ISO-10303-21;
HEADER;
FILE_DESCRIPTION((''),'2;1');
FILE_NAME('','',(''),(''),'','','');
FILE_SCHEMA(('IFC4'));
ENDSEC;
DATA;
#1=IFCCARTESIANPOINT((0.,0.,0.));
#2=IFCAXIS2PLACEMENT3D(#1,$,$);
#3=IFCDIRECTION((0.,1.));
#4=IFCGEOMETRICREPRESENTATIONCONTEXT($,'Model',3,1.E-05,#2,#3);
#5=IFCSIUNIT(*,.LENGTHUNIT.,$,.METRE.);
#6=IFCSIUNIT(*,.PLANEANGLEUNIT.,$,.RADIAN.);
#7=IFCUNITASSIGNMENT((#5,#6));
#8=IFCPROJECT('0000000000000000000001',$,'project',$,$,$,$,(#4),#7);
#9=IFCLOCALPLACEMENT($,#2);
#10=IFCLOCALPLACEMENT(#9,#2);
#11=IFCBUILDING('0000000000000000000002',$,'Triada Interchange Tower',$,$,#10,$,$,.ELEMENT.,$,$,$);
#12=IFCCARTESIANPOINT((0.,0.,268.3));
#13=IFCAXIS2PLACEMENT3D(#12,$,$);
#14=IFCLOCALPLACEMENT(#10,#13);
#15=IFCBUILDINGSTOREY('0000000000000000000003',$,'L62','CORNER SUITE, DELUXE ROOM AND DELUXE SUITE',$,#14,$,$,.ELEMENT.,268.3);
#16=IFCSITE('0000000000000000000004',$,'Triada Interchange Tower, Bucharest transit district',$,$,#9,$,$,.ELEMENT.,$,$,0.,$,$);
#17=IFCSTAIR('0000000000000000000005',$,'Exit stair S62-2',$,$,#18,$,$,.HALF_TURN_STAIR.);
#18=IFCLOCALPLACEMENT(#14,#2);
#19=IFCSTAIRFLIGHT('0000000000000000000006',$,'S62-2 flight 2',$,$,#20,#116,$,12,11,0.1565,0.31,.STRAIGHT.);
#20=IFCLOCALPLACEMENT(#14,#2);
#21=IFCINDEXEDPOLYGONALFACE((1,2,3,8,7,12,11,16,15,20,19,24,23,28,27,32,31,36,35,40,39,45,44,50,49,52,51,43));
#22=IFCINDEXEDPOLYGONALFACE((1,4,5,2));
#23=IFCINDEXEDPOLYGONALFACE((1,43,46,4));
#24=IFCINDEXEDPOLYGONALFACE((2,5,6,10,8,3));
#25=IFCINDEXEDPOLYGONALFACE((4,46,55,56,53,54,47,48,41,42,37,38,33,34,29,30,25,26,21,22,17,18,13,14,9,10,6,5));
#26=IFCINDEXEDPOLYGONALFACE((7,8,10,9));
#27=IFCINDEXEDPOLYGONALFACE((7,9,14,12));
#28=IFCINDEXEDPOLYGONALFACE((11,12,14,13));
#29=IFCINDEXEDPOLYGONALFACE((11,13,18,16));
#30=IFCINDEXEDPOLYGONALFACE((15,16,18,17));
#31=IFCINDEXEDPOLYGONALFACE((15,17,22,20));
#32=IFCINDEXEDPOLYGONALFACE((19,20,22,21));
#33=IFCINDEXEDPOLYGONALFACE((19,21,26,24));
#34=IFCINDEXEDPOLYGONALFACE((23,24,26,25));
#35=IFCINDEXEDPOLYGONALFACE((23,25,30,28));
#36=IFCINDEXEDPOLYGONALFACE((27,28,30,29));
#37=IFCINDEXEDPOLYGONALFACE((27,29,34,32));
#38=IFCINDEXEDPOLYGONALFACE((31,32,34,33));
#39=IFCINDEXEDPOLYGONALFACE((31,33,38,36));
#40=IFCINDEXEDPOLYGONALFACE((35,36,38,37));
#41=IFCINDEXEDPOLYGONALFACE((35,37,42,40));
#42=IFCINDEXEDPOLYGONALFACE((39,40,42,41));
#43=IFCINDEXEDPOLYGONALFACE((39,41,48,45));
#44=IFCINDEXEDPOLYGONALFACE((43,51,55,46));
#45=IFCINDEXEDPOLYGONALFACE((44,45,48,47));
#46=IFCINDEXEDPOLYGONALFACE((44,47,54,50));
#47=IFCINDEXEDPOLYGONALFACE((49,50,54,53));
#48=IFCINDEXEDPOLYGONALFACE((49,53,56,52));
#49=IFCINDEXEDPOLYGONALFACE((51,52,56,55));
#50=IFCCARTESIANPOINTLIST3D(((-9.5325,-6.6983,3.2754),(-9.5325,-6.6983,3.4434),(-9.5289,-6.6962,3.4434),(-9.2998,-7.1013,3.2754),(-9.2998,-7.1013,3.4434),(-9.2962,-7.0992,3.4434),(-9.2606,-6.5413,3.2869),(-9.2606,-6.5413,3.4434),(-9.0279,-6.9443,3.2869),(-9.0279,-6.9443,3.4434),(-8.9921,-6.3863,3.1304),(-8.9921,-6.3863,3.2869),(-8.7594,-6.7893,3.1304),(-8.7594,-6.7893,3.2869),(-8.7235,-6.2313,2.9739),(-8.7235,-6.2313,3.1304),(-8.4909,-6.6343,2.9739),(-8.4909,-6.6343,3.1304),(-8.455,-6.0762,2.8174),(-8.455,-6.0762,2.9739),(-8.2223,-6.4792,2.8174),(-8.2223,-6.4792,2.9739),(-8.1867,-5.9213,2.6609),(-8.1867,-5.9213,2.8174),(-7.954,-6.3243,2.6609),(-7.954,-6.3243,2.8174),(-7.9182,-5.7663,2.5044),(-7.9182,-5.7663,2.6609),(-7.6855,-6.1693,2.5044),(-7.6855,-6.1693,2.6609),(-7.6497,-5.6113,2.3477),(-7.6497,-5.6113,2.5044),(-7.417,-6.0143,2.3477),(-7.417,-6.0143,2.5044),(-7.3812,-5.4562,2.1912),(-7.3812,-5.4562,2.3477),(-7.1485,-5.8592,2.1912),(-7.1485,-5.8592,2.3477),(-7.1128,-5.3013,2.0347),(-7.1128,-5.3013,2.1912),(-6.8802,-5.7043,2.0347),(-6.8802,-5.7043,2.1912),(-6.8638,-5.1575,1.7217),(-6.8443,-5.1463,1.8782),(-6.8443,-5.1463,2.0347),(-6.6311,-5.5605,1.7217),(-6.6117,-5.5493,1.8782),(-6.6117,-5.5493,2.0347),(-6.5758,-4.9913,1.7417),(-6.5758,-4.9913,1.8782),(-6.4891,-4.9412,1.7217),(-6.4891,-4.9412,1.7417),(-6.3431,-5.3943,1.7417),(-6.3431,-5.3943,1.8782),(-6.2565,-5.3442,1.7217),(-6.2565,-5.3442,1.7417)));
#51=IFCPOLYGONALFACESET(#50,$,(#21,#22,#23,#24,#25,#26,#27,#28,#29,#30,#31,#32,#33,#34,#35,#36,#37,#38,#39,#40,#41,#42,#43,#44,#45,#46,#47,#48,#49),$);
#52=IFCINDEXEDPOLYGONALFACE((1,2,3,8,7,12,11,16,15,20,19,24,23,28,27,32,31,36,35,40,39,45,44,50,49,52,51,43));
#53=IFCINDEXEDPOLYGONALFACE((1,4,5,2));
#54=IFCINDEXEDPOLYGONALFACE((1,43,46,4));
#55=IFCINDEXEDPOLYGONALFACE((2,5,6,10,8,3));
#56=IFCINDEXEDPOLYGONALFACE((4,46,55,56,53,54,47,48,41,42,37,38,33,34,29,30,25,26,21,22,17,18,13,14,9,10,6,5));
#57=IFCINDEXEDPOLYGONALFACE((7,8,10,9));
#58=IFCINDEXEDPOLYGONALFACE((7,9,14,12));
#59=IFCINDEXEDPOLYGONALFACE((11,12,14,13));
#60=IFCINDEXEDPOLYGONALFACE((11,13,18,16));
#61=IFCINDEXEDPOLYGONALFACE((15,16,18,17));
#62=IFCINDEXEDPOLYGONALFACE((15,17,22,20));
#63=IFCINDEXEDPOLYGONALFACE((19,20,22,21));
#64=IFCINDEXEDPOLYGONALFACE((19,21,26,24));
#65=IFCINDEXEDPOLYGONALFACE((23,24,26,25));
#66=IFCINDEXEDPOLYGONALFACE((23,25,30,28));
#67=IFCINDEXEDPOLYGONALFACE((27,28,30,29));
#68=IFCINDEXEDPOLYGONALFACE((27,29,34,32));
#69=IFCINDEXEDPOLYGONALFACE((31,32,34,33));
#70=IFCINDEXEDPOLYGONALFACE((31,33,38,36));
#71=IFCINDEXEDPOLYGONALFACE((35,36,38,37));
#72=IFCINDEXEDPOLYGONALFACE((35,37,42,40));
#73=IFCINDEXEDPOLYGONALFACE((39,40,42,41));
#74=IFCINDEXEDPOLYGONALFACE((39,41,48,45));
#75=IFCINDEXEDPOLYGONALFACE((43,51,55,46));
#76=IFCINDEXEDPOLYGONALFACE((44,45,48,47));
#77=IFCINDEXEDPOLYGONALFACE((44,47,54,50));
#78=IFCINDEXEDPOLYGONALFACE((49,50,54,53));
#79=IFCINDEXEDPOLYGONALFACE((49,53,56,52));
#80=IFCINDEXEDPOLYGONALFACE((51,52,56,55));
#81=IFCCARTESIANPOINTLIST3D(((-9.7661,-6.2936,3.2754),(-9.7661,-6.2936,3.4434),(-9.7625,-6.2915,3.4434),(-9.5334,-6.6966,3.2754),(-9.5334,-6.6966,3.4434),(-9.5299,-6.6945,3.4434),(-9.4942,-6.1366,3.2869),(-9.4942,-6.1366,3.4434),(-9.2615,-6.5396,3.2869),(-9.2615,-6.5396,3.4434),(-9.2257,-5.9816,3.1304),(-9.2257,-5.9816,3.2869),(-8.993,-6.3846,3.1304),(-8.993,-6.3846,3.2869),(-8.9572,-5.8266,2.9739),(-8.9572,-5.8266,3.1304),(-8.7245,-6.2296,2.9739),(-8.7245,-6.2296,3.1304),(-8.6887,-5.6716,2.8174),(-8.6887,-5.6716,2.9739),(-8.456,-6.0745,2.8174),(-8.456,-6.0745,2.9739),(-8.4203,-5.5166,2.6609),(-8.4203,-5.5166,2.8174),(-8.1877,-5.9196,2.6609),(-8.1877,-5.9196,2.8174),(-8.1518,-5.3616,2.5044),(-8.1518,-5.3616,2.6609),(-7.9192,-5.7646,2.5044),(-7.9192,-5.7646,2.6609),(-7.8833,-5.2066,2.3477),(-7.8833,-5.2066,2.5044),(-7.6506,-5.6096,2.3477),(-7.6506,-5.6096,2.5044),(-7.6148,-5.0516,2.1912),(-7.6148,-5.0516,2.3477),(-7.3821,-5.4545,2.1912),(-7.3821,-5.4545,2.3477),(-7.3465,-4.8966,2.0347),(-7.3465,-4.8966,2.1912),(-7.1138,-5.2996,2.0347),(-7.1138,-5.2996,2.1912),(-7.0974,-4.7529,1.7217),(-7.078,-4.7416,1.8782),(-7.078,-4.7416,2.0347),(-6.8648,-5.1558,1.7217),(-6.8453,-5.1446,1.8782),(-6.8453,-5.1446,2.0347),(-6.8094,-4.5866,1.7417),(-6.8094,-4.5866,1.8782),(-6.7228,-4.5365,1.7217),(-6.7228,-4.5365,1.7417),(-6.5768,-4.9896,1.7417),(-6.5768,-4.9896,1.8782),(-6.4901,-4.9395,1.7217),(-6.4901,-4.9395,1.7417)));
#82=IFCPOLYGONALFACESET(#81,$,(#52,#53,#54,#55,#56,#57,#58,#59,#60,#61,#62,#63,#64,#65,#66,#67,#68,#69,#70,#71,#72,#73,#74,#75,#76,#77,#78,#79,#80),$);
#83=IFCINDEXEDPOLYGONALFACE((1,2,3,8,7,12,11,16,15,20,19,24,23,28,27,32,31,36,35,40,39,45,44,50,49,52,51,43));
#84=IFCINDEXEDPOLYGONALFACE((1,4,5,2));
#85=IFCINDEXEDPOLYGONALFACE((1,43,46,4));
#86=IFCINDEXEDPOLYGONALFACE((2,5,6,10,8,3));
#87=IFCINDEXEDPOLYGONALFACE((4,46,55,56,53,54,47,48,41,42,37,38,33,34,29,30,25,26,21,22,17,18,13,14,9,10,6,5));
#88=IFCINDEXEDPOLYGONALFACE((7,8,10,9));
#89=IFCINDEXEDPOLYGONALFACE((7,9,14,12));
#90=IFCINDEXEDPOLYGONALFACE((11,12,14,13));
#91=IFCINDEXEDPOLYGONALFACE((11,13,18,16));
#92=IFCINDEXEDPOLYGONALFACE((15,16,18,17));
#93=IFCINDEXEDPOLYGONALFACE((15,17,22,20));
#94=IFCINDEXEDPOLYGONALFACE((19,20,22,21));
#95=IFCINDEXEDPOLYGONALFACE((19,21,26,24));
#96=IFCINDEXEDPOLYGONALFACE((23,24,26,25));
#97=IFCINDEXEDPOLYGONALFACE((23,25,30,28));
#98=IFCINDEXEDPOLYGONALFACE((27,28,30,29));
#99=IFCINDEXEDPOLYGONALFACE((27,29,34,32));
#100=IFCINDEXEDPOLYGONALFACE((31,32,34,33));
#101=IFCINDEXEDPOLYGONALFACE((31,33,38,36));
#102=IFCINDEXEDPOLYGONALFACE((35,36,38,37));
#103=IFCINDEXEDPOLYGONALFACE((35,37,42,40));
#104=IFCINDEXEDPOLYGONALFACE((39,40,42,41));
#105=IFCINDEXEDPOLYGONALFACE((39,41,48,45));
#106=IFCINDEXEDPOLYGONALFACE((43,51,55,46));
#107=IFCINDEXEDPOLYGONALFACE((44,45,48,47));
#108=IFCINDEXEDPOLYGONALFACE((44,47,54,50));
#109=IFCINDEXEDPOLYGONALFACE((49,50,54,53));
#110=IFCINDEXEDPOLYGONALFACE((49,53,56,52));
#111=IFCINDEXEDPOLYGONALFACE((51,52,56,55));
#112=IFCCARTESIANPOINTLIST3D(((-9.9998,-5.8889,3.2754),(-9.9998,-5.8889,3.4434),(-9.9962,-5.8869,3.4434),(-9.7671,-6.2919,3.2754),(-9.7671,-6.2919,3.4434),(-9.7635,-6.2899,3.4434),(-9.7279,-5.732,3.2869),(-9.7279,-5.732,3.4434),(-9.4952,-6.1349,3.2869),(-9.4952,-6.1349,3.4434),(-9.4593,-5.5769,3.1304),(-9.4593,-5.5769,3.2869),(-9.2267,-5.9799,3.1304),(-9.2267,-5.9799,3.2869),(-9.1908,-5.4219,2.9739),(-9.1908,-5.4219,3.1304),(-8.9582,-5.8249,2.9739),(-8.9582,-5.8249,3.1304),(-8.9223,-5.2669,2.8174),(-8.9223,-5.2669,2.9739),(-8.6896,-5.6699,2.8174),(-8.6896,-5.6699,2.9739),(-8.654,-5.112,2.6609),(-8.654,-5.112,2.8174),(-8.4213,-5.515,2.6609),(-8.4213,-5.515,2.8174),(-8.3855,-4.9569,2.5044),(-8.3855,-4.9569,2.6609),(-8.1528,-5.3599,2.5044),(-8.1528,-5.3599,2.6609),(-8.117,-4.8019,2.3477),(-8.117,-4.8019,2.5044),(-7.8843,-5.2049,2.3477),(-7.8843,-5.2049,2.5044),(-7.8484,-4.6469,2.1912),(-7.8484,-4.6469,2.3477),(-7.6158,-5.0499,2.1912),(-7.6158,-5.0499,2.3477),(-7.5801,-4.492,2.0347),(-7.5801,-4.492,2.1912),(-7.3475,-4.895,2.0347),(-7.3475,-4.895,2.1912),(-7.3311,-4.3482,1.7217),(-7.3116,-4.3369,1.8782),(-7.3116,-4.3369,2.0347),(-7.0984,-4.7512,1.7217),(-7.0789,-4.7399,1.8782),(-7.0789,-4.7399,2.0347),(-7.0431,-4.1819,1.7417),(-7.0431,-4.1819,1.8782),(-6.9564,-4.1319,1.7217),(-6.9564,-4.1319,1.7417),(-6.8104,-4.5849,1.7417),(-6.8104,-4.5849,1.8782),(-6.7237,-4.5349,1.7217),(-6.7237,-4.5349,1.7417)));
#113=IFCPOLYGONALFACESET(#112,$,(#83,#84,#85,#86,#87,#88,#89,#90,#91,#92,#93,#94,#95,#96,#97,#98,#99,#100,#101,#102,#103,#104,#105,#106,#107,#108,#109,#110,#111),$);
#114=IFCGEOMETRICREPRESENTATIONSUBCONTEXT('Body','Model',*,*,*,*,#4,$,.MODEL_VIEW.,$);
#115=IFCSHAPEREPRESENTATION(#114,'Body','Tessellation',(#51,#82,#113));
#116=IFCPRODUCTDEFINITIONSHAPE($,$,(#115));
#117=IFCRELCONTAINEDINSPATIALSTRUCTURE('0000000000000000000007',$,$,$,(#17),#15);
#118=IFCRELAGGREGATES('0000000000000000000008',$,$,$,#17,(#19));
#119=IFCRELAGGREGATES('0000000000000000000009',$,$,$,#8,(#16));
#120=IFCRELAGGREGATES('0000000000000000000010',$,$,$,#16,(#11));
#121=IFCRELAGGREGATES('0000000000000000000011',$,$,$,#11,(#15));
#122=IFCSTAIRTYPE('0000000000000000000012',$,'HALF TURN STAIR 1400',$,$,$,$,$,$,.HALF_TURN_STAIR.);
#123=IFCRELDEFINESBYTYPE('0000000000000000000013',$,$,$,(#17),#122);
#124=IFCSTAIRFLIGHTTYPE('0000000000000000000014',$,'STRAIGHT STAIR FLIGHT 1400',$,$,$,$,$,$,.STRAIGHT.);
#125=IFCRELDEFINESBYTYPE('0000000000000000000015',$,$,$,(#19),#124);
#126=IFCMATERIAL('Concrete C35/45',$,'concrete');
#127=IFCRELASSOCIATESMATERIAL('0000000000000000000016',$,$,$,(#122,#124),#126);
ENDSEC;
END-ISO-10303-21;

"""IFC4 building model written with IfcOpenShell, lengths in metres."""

from ifc_helpers import new_model, si_unit, direction, frame, origin, place, context, subcontext, project, spatial, polyline, outline, extrude, material, type_object, element, aggregate, save


model = new_model("IFC4")

# Units and contexts
model_context = context("Model", 3, precision=1e-05, world=origin(), true_north=direction((0.0, 1.0)))
body_context = subcontext(model_context, "Body", "Model", "MODEL_VIEW")
ifc_project = project(units=[si_unit("LENGTHUNIT", "METRE"), si_unit("PLANEANGLEUNIT", "RADIAN")], contexts=[model_context])

# Site, building, storey
site_placement = place(None, origin())
site = spatial("IfcSite", under=ifc_project, at=site_placement, Name="Triada Interchange Tower, Bucharest transit district", CompositionType="ELEMENT", RefElevation=0.0)
building_placement = place(site_placement, origin())
building = spatial("IfcBuilding", under=site, at=building_placement, Name="Triada Interchange Tower", CompositionType="ELEMENT")
storey_placement = place(building_placement, frame((0.0, 0.0, 268.3)))
storey = spatial("IfcBuildingStorey", under=building, at=storey_placement, Name="L62", Description="CORNER SUITE, DELUXE ROOM AND DELUXE SUITE", CompositionType="ELEMENT", Elevation=268.3)

# Stair, stair flight
ifc_material_1 = material(Name="Concrete C35/45", Category="concrete")
stair_type = type_object("IfcStairType", Name="HALF TURN STAIR 1400", PredefinedType="HALF_TURN_STAIR", material=ifc_material_1)
stair_placement = place(storey_placement, origin())
stair = element("IfcStair", 1, at=stair_placement, inside=storey, type_object=stair_type, Name="Exit stair S62-2", PredefinedType="HALF_TURN_STAIR")
stair_flight_type = type_object("IfcStairFlightType", Name="STRAIGHT STAIR FLIGHT 1400", PredefinedType="STRAIGHT", material=ifc_material_1)
stair_flight_1_placement = place(storey_placement, frame((-6.6931, -4.7881, 1.7217), z_axis=(0.0, 0.0, 1.0), x_axis=(-0.866025, -0.5, 0.0)))
stair_flight_1 = element("IfcStairFlight", 2, at=stair_flight_1_placement, type_object=stair_flight_type, Name="S62-2 flight 2", NumberOfRisers=12, NumberOfTreads=11, PredefinedType="STRAIGHT", RiserHeight=0.1565, TreadLength=0.31, context=body_context, shape_type="SweptSolid", body=[
    extrude(outline(polyline([(-0.1001, 0.0), (-0.1001, 0.02), (0.0, 0.02), (0.0, 0.1565), (0.3101, 0.1565), (0.3101, 0.313), (0.6201, 0.313), (0.6201, 0.4695), (0.9299, 0.4695), (0.9299, 0.626), (1.24, 0.626), (1.24, 0.7827), (1.55, 0.7827), (1.55, 0.9392), (1.8601, 0.9392), (1.8601, 1.0957), (2.1699, 1.0957), (2.1699, 1.2522), (2.48, 1.2522), (2.48, 1.4087), (2.79, 1.4087), (2.79, 1.5652), (3.1001, 1.5652), (3.1001, 1.7217), (3.4099, 1.7217), (3.4141, 1.7217), (3.4141, 1.8782), (3.4141, 1.5537), (0.3325, 0.0), (-0.1001, 0.0)])), frame((0.0, 0.7, 0.0), z_axis=(0.0, -1.0, 0.0), x_axis=(1.0, 0.0, 0.0)), (0.0, 0.0, 1.0), 0.4653),
    extrude(outline(polyline([(-0.1001, 0.0), (-0.1001, 0.02), (0.0, 0.02), (0.0, 0.1565), (0.3101, 0.1565), (0.3101, 0.313), (0.6201, 0.313), (0.6201, 0.4695), (0.9299, 0.4695), (0.9299, 0.626), (1.24, 0.626), (1.24, 0.7827), (1.55, 0.7827), (1.55, 0.9392), (1.8601, 0.9392), (1.8601, 1.0957), (2.1699, 1.0957), (2.1699, 1.2522), (2.48, 1.2522), (2.48, 1.4087), (2.79, 1.4087), (2.79, 1.5652), (3.1001, 1.5652), (3.1001, 1.7217), (3.4099, 1.7217), (3.4141, 1.7217), (3.4141, 1.8782), (3.4141, 1.5537), (0.3325, 0.0), (-0.1001, 0.0)])), frame((0.0, 0.2327, 0.0), z_axis=(0.0, -1.0, 0.0), x_axis=(1.0, 0.0, 0.0)), (0.0, 0.0, 1.0), 0.4653),
    extrude(outline(polyline([(-0.1001, 0.0), (-0.1001, 0.02), (0.0, 0.02), (0.0, 0.1565), (0.3101, 0.1565), (0.3101, 0.313), (0.6201, 0.313), (0.6201, 0.4695), (0.9299, 0.4695), (0.9299, 0.626), (1.24, 0.626), (1.24, 0.7827), (1.55, 0.7827), (1.55, 0.9392), (1.8601, 0.9392), (1.8601, 1.0957), (2.1699, 1.0957), (2.1699, 1.2522), (2.48, 1.2522), (2.48, 1.4087), (2.79, 1.4087), (2.79, 1.5652), (3.1001, 1.5652), (3.1001, 1.7217), (3.4099, 1.7217), (3.4141, 1.7217), (3.4141, 1.8782), (3.4141, 1.5537), (0.3325, 0.0), (-0.1001, 0.0)])), frame((0.0, -0.2346, 0.0), z_axis=(0.0, -1.0, 0.0), x_axis=(1.0, 0.0, 0.0)), (0.0, 0.0, 1.0), 0.4653),
])
aggregate(stair, [stair_flight_1])

save(model, "model.ifc")
